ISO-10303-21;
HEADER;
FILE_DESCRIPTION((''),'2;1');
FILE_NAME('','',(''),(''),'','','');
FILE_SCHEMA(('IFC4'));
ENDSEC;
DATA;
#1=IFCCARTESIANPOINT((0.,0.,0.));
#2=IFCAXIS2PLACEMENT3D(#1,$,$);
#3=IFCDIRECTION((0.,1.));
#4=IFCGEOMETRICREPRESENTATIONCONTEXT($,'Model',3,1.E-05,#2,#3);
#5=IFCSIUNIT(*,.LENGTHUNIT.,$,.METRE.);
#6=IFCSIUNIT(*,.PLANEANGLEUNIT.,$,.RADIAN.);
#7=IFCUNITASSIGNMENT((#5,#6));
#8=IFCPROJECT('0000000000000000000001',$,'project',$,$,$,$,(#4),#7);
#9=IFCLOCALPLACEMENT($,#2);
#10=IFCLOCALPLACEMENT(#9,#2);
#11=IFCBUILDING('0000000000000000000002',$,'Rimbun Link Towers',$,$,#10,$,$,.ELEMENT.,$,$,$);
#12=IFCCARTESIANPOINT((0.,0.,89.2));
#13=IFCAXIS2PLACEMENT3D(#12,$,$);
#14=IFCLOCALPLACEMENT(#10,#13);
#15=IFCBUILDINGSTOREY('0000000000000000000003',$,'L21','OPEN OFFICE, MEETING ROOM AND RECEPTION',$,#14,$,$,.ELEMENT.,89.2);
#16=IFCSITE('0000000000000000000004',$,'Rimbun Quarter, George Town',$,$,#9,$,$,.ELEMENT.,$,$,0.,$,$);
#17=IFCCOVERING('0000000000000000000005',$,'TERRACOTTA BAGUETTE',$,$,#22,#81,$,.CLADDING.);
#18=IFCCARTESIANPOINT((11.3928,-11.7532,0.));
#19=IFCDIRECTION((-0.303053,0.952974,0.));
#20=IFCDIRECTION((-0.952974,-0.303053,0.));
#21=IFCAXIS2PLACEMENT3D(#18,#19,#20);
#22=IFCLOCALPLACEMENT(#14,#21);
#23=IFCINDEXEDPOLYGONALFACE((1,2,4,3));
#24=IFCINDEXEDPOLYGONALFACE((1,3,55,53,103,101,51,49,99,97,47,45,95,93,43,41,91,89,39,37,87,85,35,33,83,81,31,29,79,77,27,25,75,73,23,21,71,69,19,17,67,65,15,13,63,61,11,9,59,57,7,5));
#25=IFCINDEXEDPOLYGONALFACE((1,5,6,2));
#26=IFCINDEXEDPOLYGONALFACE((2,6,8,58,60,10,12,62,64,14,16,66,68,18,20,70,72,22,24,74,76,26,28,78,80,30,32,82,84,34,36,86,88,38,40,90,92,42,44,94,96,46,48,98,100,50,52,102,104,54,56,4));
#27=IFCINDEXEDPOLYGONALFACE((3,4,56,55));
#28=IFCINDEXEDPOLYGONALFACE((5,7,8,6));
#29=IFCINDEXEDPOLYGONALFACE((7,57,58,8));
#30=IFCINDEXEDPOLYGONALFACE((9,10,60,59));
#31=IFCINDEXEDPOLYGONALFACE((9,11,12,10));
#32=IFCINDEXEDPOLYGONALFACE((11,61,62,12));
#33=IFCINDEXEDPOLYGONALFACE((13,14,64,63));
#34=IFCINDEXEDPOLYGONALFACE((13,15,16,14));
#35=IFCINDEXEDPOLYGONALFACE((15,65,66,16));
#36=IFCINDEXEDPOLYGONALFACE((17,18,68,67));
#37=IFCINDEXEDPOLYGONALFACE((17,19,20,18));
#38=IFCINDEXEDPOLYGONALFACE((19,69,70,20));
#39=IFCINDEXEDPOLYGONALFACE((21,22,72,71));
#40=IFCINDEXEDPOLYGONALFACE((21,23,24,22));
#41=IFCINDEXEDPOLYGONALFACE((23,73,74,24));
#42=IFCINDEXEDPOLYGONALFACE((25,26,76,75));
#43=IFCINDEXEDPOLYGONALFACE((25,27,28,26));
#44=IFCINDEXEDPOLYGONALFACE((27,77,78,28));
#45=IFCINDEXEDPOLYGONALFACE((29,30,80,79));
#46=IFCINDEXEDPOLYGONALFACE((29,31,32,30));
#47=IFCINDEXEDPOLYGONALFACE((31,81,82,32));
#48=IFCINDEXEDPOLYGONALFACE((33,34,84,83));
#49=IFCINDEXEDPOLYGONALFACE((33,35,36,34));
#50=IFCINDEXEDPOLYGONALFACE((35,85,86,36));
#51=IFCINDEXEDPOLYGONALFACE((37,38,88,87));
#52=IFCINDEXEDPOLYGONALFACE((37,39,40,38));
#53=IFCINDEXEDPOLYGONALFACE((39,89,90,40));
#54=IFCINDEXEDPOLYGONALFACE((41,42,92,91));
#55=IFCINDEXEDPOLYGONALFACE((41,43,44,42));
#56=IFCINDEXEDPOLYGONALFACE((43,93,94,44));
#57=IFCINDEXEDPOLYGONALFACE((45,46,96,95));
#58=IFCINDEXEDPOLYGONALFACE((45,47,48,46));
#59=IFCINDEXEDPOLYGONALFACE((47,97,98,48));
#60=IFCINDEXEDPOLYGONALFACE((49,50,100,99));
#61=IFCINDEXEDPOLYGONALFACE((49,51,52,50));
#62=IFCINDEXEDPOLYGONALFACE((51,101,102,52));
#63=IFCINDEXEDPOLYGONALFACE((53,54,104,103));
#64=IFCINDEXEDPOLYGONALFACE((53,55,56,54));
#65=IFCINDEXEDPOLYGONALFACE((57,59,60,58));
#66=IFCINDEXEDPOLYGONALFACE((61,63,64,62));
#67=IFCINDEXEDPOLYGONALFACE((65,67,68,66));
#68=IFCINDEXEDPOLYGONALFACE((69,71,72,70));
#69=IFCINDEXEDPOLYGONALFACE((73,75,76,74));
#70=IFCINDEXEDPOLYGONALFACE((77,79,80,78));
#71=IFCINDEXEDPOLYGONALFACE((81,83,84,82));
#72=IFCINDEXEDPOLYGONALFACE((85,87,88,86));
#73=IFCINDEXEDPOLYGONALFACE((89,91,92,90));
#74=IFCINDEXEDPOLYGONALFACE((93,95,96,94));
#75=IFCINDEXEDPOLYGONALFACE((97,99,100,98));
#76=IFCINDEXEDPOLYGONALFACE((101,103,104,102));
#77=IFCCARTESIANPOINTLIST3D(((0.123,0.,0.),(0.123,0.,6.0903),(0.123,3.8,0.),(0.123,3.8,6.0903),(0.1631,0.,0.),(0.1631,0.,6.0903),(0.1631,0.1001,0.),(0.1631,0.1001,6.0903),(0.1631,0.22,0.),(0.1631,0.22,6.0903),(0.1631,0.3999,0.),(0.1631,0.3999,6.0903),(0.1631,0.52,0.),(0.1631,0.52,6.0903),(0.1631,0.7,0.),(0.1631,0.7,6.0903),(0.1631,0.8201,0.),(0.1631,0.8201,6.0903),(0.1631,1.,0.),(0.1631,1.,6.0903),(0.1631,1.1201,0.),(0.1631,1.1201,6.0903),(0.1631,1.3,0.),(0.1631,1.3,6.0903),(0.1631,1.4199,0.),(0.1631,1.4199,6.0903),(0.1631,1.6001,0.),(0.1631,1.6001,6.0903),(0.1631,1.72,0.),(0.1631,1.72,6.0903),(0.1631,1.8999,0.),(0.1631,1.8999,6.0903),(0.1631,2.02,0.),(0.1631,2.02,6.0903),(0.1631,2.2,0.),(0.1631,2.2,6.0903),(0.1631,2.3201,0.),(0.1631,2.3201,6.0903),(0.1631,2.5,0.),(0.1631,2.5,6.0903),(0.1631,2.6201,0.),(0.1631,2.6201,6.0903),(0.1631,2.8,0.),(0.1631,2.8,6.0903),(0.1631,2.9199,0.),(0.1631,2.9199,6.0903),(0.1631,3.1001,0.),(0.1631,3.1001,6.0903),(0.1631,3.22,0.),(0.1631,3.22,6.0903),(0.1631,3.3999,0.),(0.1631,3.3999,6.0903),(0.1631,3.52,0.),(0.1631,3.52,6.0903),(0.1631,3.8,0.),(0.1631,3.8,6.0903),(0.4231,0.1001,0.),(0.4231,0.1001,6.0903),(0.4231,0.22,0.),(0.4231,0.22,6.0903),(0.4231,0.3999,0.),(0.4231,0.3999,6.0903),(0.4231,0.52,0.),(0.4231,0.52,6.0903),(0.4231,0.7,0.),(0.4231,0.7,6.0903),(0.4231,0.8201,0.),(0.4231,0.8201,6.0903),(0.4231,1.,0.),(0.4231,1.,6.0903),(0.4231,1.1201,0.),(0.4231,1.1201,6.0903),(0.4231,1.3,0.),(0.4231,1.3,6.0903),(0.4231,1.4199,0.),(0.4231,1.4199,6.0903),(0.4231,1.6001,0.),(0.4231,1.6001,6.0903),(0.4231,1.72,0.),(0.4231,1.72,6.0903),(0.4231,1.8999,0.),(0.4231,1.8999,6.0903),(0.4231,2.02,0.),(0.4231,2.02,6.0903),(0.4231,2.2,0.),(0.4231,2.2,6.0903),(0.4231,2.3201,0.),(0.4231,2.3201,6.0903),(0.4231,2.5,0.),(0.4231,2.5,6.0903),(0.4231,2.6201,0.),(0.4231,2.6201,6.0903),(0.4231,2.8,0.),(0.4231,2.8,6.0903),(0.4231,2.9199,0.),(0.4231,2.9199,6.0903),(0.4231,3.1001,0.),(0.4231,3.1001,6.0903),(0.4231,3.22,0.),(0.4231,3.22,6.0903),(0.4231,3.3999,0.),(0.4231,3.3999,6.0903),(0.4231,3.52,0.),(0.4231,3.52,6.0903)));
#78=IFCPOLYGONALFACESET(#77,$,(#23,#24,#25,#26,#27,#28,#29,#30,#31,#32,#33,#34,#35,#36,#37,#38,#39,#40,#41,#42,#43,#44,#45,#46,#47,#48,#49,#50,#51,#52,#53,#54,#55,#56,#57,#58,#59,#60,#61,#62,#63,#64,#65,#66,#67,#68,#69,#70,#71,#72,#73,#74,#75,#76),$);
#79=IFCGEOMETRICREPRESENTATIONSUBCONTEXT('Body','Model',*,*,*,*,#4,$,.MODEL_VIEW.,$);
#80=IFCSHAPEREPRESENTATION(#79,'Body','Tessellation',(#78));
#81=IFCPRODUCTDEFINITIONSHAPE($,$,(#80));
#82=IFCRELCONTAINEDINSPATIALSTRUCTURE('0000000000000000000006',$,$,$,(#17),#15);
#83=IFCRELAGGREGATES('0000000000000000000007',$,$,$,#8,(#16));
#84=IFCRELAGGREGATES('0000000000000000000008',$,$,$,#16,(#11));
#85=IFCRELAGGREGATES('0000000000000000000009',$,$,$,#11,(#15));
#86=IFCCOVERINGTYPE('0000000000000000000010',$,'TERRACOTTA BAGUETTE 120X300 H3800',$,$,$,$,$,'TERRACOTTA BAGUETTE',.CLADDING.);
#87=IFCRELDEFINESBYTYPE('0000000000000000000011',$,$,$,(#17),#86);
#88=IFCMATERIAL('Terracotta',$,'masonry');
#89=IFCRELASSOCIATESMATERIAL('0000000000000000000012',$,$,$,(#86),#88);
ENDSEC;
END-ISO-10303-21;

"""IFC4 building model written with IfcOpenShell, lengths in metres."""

from ifc_helpers import new_model, si_unit, direction, frame, origin, place, context, subcontext, project, spatial, polyline, outline, extrude, material, material_profile, profile_set, type_object, element, save


model = new_model("IFC4")

# Units and contexts
model_context = context("Model", 3, precision=1e-05, world=origin(), true_north=direction((0.0, 1.0)))
body_context = subcontext(model_context, "Body", "Model", "MODEL_VIEW")
ifc_project = project(units=[si_unit("LENGTHUNIT", "METRE"), si_unit("PLANEANGLEUNIT", "RADIAN")], contexts=[model_context])

# Site, building, storey
site_placement = place(None, origin())
site = spatial("IfcSite", under=ifc_project, at=site_placement, Name="Rimbun Quarter, George Town", CompositionType="ELEMENT", RefElevation=0.0)
building_placement = place(site_placement, origin())
building = spatial("IfcBuilding", under=site, at=building_placement, Name="Rimbun Link Towers", CompositionType="ELEMENT")
storey_placement = place(building_placement, frame((0.0, 0.0, 89.2)))
storey = spatial("IfcBuildingStorey", under=building, at=storey_placement, Name="L21", Description="OPEN OFFICE, MEETING ROOM AND RECEPTION", CompositionType="ELEMENT", Elevation=89.2)

# Covering
ifc_material_1 = material(Name="Terracotta", Category="masonry")
ifc_material_profile_1 = material_profile(ifc_material_1, outline(polyline([(0.123, 0.0), (0.1631, 0.0), (0.1631, 0.1001), (0.4231, 0.1001), (0.4231, 0.22), (0.1631, 0.22), (0.1631, 0.3999), (0.4231, 0.3999), (0.4231, 0.52), (0.1631, 0.52), (0.1631, 0.7), (0.4231, 0.7), (0.4231, 0.8201), (0.1631, 0.8201), (0.1631, 1.0), (0.4231, 1.0), (0.4231, 1.1201), (0.1631, 1.1201), (0.1631, 1.3), (0.4231, 1.3), (0.4231, 1.4199), (0.1631, 1.4199), (0.1631, 1.6001), (0.4231, 1.6001), (0.4231, 1.72), (0.1631, 1.72), (0.1631, 1.8999), (0.4231, 1.8999), (0.4231, 2.02), (0.1631, 2.02), (0.1631, 2.2), (0.4231, 2.2), (0.4231, 2.3201), (0.1631, 2.3201), (0.1631, 2.5), (0.4231, 2.5), (0.4231, 2.6201), (0.1631, 2.6201), (0.1631, 2.8), (0.4231, 2.8), (0.4231, 2.9199), (0.1631, 2.9199), (0.1631, 3.1001), (0.4231, 3.1001), (0.4231, 3.22), (0.1631, 3.22), (0.1631, 3.3999), (0.4231, 3.3999), (0.4231, 3.52), (0.1631, 3.52), (0.1631, 3.8), (0.123, 3.8), (0.123, 0.0)])), Name="BAGUETTE 120X300")
ifc_profile_set_1 = profile_set([ifc_material_profile_1], Name="Terracotta")
covering_type_1 = type_object("IfcCoveringType", Name="TERRACOTTA BAGUETTE 120X300 H3800", ElementType="TERRACOTTA BAGUETTE", PredefinedType="CLADDING", material=ifc_profile_set_1)
covering_1_placement = place(storey_placement, frame((11.3928, -11.7532, 0.0), z_axis=(-0.303053, 0.952974, 0.0), x_axis=(-0.952974, -0.303053, 0.0)))
element("IfcCovering", 1, at=covering_1_placement, inside=storey, type_object=covering_type_1, Name="TERRACOTTA BAGUETTE", PredefinedType="CLADDING", context=body_context, shape_type="SweptSolid", body=[
    extrude(outline(polyline([(0.123, 0.0), (0.1631, 0.0), (0.1631, 0.1001), (0.4231, 0.1001), (0.4231, 0.22), (0.1631, 0.22), (0.1631, 0.3999), (0.4231, 0.3999), (0.4231, 0.52), (0.1631, 0.52), (0.1631, 0.7), (0.4231, 0.7), (0.4231, 0.8201), (0.1631, 0.8201), (0.1631, 1.0), (0.4231, 1.0), (0.4231, 1.1201), (0.1631, 1.1201), (0.1631, 1.3), (0.4231, 1.3), (0.4231, 1.4199), (0.1631, 1.4199), (0.1631, 1.6001), (0.4231, 1.6001), (0.4231, 1.72), (0.1631, 1.72), (0.1631, 1.8999), (0.4231, 1.8999), (0.4231, 2.02), (0.1631, 2.02), (0.1631, 2.2), (0.4231, 2.2), (0.4231, 2.3201), (0.1631, 2.3201), (0.1631, 2.5), (0.4231, 2.5), (0.4231, 2.6201), (0.1631, 2.6201), (0.1631, 2.8), (0.4231, 2.8), (0.4231, 2.9199), (0.1631, 2.9199), (0.1631, 3.1001), (0.4231, 3.1001), (0.4231, 3.22), (0.1631, 3.22), (0.1631, 3.3999), (0.4231, 3.3999), (0.4231, 3.52), (0.1631, 3.52), (0.1631, 3.8), (0.123, 3.8), (0.123, 0.0)])), origin(), (0.0, 0.0, 1.0), 6.0903),
])

save(model, "model.ifc")
